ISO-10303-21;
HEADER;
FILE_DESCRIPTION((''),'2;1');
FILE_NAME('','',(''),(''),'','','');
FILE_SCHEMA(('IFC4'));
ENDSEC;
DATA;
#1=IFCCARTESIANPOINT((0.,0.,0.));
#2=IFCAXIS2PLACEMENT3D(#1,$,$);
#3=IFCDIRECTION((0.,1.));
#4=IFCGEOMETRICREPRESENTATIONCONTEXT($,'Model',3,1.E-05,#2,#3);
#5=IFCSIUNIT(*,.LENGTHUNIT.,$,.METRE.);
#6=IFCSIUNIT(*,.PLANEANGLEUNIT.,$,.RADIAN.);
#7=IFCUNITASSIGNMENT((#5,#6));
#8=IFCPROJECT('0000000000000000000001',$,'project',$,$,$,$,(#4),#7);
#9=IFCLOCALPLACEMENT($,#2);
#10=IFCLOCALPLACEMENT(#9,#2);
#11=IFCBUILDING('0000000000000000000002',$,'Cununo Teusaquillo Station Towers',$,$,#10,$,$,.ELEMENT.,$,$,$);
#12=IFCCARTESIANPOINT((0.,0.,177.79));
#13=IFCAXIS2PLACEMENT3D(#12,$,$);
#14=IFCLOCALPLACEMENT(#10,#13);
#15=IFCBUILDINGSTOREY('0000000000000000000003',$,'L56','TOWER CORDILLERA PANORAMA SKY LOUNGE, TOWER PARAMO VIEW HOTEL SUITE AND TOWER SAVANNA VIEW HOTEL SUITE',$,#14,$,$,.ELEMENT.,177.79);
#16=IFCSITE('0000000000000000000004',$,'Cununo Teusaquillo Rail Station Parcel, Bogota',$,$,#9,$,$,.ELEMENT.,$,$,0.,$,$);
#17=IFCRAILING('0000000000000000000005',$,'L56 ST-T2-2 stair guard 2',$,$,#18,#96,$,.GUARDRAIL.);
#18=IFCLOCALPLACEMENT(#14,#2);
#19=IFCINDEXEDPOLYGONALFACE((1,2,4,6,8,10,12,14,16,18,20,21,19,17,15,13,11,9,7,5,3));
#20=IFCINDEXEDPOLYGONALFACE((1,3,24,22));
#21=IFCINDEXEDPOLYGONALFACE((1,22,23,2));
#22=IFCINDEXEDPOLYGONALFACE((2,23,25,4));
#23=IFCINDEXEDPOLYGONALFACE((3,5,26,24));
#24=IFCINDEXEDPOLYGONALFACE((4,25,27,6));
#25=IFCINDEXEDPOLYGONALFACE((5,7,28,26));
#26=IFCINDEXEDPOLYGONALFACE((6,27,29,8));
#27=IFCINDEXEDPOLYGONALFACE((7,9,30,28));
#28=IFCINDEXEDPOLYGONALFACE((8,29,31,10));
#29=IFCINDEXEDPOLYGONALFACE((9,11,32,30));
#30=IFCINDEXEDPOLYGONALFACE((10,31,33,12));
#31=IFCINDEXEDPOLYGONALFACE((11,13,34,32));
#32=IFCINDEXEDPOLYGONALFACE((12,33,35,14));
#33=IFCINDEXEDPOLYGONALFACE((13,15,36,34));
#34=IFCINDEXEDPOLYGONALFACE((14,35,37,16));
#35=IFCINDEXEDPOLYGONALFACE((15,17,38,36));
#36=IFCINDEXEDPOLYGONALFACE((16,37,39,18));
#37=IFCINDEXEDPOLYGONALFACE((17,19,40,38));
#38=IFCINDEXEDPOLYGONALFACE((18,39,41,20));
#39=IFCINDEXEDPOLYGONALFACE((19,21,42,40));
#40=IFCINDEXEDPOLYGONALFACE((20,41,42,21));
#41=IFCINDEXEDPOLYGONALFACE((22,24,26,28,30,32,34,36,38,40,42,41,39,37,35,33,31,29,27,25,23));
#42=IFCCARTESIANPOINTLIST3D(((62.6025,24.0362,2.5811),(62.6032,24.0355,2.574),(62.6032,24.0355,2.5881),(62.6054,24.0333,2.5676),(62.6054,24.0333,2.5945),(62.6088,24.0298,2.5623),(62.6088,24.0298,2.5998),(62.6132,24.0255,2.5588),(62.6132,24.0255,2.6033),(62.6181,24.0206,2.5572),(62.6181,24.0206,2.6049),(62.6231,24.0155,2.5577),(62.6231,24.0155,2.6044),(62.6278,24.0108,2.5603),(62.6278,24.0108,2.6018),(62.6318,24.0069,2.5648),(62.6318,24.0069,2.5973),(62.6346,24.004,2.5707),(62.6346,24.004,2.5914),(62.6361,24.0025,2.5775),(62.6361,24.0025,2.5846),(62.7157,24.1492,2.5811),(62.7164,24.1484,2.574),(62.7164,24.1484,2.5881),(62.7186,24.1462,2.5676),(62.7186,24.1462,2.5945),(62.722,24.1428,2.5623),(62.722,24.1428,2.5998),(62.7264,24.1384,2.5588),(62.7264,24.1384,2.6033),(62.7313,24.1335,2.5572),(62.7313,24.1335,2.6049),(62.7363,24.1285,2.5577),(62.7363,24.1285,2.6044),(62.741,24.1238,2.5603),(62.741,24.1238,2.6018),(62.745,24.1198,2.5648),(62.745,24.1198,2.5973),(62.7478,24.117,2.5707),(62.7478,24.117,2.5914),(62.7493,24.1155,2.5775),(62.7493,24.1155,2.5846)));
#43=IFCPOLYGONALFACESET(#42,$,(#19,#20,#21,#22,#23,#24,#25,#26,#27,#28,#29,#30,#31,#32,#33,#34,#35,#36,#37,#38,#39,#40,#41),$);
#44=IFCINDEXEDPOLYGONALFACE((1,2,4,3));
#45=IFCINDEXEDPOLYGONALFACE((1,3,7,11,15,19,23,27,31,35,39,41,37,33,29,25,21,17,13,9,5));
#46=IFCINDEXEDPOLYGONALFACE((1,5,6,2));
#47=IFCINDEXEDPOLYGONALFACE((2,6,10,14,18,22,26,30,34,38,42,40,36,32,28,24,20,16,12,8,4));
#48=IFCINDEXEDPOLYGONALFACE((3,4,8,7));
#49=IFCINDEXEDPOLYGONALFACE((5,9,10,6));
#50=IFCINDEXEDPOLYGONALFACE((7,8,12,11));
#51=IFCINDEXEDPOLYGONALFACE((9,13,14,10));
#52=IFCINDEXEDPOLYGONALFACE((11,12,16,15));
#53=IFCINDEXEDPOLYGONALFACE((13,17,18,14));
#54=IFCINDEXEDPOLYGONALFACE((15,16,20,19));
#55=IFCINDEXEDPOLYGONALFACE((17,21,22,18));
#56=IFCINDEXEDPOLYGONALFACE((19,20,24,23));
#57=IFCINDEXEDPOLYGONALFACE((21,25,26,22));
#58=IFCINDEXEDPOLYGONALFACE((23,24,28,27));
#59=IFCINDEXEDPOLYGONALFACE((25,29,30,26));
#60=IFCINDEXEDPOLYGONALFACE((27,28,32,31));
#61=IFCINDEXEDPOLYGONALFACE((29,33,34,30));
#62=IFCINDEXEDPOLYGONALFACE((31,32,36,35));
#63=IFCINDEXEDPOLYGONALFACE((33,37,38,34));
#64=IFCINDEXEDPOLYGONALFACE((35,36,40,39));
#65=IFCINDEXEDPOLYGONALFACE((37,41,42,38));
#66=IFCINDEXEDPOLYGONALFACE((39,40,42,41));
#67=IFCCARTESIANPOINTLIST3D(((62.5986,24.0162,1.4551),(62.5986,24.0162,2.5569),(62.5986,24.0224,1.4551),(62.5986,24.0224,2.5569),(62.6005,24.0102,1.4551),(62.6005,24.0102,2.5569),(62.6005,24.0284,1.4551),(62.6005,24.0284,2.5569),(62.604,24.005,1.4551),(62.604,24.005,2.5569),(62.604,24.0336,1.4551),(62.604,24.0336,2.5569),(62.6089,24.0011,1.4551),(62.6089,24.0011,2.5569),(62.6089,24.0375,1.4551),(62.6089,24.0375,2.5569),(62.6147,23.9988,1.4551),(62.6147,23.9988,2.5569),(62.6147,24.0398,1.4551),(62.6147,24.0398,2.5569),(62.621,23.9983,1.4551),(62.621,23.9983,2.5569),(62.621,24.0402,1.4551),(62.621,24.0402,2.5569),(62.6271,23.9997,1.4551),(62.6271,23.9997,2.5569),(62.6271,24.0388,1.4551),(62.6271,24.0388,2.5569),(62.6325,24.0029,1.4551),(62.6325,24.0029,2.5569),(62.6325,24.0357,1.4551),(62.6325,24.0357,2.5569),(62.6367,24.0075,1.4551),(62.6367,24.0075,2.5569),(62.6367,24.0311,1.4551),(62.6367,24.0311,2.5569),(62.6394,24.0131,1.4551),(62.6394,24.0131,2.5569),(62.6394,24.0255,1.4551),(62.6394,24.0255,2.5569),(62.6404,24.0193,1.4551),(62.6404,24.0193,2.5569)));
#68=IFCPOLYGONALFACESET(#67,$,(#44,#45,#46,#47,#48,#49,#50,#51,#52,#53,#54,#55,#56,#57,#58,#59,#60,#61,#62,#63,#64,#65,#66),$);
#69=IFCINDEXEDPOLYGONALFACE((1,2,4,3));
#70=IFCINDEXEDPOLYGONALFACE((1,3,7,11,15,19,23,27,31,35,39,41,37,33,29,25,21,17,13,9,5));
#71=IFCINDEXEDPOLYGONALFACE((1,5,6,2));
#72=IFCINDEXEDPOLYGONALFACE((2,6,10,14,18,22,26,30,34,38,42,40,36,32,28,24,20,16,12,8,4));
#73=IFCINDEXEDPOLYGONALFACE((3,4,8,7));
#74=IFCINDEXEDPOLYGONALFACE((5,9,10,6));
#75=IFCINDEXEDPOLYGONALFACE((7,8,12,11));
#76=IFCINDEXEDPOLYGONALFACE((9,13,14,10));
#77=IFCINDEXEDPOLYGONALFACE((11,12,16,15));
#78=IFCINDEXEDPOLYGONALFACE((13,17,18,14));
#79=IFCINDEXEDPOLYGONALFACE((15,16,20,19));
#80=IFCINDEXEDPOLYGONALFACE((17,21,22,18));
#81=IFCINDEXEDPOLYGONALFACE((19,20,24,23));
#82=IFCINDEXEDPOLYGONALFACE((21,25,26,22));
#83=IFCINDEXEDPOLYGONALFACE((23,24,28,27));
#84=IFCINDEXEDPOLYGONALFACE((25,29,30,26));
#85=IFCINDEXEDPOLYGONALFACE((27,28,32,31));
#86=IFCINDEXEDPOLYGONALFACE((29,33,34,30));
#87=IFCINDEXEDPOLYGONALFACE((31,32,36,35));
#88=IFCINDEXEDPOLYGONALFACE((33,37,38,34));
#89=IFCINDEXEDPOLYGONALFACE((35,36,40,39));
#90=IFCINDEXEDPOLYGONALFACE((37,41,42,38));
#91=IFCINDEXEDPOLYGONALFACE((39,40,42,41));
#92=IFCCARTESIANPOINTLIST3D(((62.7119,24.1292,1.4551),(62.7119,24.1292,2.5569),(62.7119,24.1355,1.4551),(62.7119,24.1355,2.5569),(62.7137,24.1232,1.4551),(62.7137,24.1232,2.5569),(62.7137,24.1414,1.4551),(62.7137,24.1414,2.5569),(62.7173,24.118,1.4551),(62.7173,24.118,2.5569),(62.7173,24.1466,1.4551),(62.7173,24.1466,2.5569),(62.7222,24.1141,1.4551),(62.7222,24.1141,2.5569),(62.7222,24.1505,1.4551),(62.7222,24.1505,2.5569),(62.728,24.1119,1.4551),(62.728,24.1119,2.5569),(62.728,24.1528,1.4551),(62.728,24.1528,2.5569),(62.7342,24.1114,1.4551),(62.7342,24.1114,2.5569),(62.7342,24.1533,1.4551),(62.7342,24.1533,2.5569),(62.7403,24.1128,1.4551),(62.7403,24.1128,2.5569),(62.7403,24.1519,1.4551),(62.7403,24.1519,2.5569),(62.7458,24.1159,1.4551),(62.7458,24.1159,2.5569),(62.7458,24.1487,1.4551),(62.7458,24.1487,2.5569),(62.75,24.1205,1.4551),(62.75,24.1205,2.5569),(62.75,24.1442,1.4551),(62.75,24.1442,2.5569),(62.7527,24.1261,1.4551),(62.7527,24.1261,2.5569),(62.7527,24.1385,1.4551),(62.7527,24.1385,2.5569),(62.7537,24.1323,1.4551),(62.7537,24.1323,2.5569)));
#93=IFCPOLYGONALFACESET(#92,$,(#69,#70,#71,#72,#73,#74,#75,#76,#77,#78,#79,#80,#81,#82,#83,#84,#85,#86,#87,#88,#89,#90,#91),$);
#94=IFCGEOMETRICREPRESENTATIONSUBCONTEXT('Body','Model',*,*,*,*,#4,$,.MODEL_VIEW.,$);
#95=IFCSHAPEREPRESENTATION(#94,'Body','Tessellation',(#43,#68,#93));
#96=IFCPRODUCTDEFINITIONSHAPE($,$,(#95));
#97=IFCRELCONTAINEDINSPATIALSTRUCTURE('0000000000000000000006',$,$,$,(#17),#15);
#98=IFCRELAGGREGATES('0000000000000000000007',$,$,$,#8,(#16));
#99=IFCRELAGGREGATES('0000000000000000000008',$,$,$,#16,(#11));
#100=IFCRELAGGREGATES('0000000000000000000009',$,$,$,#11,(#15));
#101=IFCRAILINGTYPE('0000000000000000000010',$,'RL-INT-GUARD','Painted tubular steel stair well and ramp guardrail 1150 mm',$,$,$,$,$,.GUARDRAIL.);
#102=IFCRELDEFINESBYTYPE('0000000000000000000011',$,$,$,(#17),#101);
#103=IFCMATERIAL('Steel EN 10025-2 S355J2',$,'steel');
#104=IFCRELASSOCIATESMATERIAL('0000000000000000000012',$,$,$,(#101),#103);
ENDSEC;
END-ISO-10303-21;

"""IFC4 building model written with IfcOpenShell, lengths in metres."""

from ifc_helpers import new_model, si_unit, direction, frame, origin, origin_2d, place, context, subcontext, project, spatial, circle, extrude, material, type_object, element, save


model = new_model("IFC4")

# Units and contexts
model_context = context("Model", 3, precision=1e-05, world=origin(), true_north=direction((0.0, 1.0)))
body_context = subcontext(model_context, "Body", "Model", "MODEL_VIEW")
ifc_project = project(units=[si_unit("LENGTHUNIT", "METRE"), si_unit("PLANEANGLEUNIT", "RADIAN")], contexts=[model_context])

# Site, building, storey
site_placement = place(None, origin())
site = spatial("IfcSite", under=ifc_project, at=site_placement, Name="Cununo Teusaquillo Rail Station Parcel, Bogota", CompositionType="ELEMENT", RefElevation=0.0)
building_placement = place(site_placement, origin())
building = spatial("IfcBuilding", under=site, at=building_placement, Name="Cununo Teusaquillo Station Towers", CompositionType="ELEMENT")
storey_placement = place(building_placement, frame((0.0, 0.0, 177.79)))
storey = spatial("IfcBuildingStorey", under=building, at=storey_placement, Name="L56", Description="TOWER CORDILLERA PANORAMA SKY LOUNGE, TOWER PARAMO VIEW HOTEL SUITE AND TOWER SAVANNA VIEW HOTEL SUITE", CompositionType="ELEMENT", Elevation=177.79)

# Railing
ifc_material_1 = material(Name="Steel EN 10025-2 S355J2", Category="steel")
railing_type_1 = type_object("IfcRailingType", Name="RL-INT-GUARD", Description="Painted tubular steel stair well and ramp guardrail 1150 mm", PredefinedType="GUARDRAIL", material=ifc_material_1)
railing_1_placement = place(storey_placement, frame((62.6194, 24.0193, 1.4551)))
element("IfcRailing", 1, at=railing_1_placement, inside=storey, type_object=railing_type_1, Name="L56 ST-T2-2 stair guard 2", PredefinedType="GUARDRAIL", context=body_context, shape_type="SweptSolid", body=[
    extrude(circle(Radius=0.0239, at=origin_2d()), frame((0.0, 0.0, 1.126), z_axis=(0.707869, 0.706344, 0.0), x_axis=(-0.706344, 0.707869, 0.0)), (0.0, 0.0, 1.0), 0.1599),
    extrude(circle(Radius=0.021, at=origin_2d()), origin(), (0.0, 0.0, 1.0), 1.1018),
    extrude(circle(Radius=0.021, at=origin_2d()), frame((0.1133, 0.113, 0.0)), (0.0, 0.0, 1.0), 1.1018),
])

save(model, "model.ifc")
